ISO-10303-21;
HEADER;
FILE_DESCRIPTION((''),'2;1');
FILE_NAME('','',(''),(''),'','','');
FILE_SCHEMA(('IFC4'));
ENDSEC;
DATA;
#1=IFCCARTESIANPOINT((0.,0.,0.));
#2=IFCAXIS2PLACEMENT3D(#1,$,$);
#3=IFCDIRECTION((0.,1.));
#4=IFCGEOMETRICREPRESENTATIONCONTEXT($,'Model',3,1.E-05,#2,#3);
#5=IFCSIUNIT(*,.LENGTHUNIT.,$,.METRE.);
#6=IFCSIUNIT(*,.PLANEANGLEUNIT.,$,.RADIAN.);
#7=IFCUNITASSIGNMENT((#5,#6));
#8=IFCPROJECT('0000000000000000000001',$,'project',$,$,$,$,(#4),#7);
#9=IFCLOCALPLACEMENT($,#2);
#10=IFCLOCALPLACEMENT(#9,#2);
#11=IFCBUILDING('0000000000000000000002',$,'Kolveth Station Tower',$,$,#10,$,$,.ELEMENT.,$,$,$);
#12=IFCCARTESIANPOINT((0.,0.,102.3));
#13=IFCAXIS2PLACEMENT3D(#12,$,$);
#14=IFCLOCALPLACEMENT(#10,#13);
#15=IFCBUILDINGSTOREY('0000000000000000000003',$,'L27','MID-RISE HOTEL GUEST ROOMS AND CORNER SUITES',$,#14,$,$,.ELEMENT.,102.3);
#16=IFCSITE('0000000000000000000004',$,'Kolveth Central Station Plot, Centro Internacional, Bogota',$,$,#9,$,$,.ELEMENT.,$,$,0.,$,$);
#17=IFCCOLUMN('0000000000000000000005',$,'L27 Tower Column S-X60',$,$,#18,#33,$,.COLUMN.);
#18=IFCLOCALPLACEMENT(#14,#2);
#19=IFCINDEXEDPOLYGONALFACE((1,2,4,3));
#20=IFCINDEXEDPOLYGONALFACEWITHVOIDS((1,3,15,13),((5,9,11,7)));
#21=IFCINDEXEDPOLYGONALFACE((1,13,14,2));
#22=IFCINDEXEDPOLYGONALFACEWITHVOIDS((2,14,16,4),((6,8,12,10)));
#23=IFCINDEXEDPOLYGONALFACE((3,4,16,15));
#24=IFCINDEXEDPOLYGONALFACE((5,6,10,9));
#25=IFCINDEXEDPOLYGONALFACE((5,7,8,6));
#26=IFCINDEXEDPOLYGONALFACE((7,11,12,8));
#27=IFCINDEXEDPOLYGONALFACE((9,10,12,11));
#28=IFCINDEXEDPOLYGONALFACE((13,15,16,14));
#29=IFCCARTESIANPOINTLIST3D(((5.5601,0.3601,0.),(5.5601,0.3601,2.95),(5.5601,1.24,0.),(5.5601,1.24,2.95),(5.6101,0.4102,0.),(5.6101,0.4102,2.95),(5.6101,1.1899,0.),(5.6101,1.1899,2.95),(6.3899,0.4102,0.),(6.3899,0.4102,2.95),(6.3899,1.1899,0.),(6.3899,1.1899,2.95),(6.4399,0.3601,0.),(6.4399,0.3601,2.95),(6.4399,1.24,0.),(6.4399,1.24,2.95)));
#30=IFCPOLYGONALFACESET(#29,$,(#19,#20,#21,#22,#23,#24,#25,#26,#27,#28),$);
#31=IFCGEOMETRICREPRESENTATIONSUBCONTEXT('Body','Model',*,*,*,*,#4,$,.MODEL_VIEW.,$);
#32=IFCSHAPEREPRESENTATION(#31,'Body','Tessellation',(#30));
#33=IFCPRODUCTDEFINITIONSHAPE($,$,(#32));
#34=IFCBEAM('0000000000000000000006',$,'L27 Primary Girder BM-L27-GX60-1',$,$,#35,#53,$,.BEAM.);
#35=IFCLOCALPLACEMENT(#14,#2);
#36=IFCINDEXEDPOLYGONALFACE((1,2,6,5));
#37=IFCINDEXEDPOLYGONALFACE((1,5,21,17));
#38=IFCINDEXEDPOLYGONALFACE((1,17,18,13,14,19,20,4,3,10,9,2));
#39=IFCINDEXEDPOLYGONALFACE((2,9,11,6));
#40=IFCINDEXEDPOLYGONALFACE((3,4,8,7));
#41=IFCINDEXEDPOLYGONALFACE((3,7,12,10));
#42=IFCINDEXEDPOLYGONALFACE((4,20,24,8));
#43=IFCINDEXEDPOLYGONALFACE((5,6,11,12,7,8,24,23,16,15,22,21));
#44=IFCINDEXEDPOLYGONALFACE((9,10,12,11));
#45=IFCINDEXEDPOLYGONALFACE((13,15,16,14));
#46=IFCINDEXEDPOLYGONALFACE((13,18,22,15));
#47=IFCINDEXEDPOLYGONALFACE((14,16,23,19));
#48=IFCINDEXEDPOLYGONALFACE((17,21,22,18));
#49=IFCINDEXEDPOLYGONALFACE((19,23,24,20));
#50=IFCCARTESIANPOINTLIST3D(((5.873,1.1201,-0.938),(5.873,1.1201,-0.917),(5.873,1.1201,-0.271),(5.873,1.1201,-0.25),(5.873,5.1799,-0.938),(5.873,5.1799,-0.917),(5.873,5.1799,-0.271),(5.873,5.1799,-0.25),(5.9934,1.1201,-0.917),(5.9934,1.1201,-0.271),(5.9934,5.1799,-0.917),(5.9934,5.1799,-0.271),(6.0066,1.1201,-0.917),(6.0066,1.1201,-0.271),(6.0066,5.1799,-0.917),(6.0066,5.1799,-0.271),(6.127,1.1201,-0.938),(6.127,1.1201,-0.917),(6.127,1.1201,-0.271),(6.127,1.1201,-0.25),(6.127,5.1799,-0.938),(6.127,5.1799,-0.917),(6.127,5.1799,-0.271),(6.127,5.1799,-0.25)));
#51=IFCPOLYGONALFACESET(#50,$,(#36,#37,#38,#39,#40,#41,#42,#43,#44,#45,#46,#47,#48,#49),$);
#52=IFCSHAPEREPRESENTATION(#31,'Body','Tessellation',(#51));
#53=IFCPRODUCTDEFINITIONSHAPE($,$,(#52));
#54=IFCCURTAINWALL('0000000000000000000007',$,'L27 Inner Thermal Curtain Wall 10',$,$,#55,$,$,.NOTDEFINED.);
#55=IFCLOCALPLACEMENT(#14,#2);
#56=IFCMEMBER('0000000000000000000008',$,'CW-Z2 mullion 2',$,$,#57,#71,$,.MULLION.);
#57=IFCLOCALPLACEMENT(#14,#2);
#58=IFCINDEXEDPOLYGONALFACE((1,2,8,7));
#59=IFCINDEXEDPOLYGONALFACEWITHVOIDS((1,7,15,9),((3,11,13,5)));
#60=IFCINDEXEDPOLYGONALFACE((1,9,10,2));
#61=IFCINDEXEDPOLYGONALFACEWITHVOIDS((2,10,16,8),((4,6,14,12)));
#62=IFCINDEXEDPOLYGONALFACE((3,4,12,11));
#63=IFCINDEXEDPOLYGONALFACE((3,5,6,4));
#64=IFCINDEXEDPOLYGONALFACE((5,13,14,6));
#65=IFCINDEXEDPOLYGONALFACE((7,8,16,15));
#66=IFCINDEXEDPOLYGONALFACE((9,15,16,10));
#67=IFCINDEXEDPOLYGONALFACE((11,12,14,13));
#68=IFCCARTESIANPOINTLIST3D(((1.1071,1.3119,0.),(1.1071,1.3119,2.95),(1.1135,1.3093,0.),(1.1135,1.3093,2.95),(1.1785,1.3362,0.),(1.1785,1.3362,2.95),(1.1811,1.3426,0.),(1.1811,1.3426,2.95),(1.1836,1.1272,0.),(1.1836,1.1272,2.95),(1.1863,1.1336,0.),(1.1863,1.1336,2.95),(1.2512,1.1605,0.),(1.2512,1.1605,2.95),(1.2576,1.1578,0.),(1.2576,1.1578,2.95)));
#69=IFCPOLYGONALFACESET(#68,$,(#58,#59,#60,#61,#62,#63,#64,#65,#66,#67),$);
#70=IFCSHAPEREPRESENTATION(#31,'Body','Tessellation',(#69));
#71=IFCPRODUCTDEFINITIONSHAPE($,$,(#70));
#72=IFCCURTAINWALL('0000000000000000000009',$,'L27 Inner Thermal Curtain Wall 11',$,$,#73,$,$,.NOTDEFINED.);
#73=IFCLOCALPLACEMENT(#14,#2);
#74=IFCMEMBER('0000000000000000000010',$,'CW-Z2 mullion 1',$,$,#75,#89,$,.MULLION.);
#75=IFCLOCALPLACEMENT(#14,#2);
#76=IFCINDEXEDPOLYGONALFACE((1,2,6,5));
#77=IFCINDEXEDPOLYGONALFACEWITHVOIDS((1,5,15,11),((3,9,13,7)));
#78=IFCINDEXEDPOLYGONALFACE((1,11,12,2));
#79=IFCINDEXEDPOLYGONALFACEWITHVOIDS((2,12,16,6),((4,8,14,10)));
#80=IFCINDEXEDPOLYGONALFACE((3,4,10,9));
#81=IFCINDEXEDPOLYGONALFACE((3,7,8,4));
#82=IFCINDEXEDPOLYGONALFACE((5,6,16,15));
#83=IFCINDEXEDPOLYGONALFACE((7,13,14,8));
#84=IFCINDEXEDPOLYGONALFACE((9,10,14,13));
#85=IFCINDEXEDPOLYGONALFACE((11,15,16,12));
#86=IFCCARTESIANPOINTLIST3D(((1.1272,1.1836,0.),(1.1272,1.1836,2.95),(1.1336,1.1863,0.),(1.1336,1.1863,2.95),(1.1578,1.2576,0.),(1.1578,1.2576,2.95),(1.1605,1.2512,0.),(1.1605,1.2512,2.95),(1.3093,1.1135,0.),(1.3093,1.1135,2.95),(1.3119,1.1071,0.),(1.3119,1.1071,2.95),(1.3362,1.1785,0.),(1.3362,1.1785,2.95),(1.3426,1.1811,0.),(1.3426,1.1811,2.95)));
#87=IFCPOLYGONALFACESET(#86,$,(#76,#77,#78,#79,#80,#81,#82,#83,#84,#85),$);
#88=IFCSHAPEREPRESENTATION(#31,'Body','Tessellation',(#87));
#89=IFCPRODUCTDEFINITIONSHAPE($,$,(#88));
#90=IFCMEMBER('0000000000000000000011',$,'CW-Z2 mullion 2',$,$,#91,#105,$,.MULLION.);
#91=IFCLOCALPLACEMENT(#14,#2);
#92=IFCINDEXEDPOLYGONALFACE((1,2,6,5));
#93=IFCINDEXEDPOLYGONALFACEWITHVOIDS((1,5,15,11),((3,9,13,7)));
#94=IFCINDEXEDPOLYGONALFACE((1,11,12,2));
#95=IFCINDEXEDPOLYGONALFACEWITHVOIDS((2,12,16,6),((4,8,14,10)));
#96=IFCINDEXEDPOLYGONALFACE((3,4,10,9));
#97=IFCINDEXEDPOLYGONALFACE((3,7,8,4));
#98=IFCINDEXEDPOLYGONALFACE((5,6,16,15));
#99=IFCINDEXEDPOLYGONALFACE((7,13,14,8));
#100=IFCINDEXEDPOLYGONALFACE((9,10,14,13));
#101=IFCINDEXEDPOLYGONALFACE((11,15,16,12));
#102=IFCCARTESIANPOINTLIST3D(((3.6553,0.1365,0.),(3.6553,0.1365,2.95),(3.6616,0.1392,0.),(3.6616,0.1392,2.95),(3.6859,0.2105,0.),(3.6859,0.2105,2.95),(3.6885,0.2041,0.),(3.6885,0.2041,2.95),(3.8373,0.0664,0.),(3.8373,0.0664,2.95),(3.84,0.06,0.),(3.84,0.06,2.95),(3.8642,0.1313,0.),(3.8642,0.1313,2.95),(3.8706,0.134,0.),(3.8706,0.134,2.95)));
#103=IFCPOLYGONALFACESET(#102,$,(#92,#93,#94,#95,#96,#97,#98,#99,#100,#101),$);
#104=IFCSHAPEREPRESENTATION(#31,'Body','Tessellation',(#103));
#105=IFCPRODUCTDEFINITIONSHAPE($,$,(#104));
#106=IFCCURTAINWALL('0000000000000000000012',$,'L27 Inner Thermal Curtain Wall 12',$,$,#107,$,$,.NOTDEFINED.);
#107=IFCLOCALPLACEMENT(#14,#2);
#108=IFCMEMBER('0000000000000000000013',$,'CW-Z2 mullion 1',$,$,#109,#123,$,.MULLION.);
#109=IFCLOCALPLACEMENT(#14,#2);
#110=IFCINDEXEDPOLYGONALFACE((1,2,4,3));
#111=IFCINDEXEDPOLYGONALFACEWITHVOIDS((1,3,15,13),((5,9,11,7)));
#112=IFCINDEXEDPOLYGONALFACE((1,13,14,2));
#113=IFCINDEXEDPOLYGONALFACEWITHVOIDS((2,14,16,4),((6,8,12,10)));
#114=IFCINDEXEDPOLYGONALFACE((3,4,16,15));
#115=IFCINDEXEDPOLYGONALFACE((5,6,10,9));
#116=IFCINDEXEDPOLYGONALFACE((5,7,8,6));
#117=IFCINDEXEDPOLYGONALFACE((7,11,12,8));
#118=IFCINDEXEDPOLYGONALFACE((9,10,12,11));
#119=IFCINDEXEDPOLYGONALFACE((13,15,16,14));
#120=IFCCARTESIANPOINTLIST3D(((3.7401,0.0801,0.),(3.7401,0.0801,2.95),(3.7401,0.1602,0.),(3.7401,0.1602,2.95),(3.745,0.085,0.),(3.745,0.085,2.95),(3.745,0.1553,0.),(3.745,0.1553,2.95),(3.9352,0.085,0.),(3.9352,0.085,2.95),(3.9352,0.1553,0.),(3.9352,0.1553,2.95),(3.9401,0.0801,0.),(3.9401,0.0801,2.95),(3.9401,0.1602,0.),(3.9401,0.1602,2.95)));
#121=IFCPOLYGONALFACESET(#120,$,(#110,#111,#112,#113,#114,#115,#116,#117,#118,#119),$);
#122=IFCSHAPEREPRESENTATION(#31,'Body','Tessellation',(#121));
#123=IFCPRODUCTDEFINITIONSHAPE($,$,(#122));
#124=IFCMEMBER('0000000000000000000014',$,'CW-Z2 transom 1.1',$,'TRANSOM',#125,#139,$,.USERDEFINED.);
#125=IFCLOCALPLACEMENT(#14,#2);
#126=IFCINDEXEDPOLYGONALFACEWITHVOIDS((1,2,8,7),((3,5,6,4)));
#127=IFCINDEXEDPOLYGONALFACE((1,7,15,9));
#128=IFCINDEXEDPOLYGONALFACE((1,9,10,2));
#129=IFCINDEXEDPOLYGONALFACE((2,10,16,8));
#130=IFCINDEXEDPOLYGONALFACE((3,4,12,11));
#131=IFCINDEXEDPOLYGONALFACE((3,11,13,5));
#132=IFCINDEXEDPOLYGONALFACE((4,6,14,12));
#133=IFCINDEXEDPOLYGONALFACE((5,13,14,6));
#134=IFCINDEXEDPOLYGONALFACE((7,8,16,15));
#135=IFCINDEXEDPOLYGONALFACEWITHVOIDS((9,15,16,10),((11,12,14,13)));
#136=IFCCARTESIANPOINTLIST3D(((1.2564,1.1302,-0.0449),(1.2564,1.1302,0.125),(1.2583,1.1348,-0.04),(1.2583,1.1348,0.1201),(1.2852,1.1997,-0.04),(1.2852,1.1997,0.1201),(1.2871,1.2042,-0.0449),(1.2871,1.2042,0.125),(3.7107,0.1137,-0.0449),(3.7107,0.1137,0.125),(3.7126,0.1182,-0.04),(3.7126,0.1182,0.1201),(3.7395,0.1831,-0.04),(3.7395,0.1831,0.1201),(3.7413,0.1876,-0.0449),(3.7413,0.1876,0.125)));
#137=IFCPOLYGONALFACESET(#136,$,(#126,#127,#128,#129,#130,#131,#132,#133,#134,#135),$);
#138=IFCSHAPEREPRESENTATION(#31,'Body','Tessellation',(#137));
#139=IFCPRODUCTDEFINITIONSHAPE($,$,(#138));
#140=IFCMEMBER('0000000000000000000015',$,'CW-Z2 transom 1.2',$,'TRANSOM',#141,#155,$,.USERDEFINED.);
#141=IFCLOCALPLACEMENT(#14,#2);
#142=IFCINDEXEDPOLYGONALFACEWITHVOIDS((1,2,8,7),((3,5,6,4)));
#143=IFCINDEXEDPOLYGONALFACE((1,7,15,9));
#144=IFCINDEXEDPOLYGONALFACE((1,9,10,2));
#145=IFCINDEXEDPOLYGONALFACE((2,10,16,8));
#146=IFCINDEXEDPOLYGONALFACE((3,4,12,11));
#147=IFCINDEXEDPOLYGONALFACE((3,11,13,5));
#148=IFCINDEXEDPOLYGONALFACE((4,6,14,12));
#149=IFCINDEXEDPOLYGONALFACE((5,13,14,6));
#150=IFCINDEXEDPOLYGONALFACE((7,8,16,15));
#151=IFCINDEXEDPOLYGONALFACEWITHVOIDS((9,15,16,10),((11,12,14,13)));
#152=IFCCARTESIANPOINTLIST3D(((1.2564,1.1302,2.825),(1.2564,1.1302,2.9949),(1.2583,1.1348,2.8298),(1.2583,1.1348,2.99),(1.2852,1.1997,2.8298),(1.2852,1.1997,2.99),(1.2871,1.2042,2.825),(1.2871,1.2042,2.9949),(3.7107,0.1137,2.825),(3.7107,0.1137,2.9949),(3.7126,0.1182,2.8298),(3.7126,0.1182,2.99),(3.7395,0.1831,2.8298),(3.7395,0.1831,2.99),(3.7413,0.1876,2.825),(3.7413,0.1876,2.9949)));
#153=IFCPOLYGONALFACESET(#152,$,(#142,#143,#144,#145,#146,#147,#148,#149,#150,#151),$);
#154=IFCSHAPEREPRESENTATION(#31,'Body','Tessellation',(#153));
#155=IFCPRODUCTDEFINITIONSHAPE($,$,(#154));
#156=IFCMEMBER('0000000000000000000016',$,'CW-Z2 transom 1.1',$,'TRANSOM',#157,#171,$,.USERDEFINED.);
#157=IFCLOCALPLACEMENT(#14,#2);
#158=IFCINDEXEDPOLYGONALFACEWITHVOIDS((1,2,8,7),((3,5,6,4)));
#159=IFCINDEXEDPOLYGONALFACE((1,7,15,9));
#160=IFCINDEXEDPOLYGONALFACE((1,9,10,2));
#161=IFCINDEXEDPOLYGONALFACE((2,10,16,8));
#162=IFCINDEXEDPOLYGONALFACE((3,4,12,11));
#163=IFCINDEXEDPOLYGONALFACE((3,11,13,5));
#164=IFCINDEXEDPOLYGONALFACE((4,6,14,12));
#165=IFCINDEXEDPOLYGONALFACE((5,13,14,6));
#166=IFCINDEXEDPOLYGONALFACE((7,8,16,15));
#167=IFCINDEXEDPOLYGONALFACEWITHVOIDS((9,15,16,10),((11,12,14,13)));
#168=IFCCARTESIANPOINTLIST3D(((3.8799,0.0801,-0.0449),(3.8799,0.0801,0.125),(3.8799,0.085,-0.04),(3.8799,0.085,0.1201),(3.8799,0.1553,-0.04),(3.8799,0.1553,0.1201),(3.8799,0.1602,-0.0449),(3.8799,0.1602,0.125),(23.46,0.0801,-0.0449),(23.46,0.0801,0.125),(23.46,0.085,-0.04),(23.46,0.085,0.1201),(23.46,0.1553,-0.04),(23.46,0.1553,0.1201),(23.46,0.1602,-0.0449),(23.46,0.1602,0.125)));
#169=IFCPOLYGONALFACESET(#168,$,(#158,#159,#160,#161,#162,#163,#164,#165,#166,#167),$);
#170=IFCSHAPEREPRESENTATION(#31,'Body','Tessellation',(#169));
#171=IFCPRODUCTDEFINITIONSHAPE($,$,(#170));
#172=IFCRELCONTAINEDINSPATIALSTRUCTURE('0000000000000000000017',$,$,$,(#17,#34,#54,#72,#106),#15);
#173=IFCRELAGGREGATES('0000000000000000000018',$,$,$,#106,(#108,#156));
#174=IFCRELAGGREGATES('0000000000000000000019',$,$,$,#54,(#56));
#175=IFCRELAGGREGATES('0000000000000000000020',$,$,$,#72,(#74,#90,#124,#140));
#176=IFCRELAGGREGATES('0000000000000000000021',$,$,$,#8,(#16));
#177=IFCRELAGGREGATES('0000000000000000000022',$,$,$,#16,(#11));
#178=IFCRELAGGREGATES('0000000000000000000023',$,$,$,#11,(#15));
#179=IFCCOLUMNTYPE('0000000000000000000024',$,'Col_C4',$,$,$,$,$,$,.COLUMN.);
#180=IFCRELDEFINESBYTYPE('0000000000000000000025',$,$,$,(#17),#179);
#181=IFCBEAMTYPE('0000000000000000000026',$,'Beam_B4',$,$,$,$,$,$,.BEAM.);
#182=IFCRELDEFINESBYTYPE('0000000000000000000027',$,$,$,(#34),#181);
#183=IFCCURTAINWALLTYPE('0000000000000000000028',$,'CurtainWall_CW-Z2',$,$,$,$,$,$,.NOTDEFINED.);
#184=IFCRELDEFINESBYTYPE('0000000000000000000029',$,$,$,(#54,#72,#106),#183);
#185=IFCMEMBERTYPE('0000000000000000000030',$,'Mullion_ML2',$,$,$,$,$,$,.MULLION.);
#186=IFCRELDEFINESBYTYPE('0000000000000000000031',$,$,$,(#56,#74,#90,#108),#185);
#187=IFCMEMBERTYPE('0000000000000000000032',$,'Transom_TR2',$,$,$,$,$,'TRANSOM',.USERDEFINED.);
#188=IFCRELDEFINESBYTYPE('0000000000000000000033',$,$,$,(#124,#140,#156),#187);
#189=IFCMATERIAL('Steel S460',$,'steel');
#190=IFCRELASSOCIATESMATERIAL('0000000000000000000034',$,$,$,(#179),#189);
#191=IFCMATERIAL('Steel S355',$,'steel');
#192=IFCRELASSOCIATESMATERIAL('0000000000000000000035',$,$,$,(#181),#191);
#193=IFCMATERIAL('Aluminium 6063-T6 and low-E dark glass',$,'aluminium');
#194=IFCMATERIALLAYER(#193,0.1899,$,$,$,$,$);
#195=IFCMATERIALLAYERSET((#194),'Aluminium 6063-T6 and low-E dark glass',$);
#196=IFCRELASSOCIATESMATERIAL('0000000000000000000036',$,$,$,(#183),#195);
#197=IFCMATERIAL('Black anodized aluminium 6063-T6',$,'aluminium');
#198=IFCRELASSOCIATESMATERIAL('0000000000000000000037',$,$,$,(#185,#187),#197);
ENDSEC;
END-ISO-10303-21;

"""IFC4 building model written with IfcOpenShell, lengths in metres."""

from ifc_helpers import new_model, si_unit, direction, frame, origin, origin_2d, place, context, subcontext, project, spatial, hollow_rectangle, i_section, extrude, source, transform, mapped, material, layer, layer_set, material_profile, profile_set, type_object, element, aggregate, save


model = new_model("IFC4")

# Units and contexts
model_context = context("Model", 3, precision=1e-05, world=origin(), true_north=direction((0.0, 1.0)))
body_context = subcontext(model_context, "Body", "Model", "MODEL_VIEW")
ifc_project = project(units=[si_unit("LENGTHUNIT", "METRE"), si_unit("PLANEANGLEUNIT", "RADIAN")], contexts=[model_context])

# Site, building, storey
site_placement = place(None, origin())
site = spatial("IfcSite", under=ifc_project, at=site_placement, Name="Kolveth Central Station Plot, Centro Internacional, Bogota", CompositionType="ELEMENT", RefElevation=0.0)
building_placement = place(site_placement, origin())
building = spatial("IfcBuilding", under=site, at=building_placement, Name="Kolveth Station Tower", CompositionType="ELEMENT")
storey_placement = place(building_placement, frame((0.0, 0.0, 102.3)))
storey = spatial("IfcBuildingStorey", under=building, at=storey_placement, Name="L27", Description="MID-RISE HOTEL GUEST ROOMS AND CORNER SUITES", CompositionType="ELEMENT", Elevation=102.3)

# Column
ifc_material_1 = material(Name="Steel S460", Category="steel")
ifc_material_profile_1 = material_profile(ifc_material_1, hollow_rectangle(XDim=0.8799, YDim=0.8799, WallThickness=0.05, at=origin_2d()), Name="BOX880x880x50")
ifc_profile_set_1 = profile_set([ifc_material_profile_1], Name="Steel S460")
column_type = type_object("IfcColumnType", Name="Col_C4", PredefinedType="COLUMN", material=ifc_profile_set_1)
shared_shape_1 = source(origin(), body_context, "Body", "SweptSolid", [
    extrude(hollow_rectangle(XDim=0.8799, YDim=0.8799, WallThickness=0.05, at=origin_2d()), origin(), (0.0, 0.0, 1.0), 2.95),
])
column_placement = place(storey_placement, frame((6.0, 0.8, 0.0), z_axis=(0.0, 0.0, 1.0), x_axis=(1.0, 0.0, 0.0)))
element("IfcColumn", 1, at=column_placement, inside=storey, type_object=column_type, Name="L27 Tower Column S-X60", PredefinedType="COLUMN", context=body_context, shape_type="MappedRepresentation", body=[
    mapped(shared_shape_1, transform((0.0, 0.0, 0.0), x_axis=(1.0, 0.0, 0.0), y_axis=(0.0, 1.0, 0.0), z_axis=(0.0, 0.0, 1.0), scale=1.0)),
])

# Beam
ifc_material_2 = material(Name="Steel S355", Category="steel")
ifc_material_profile_2 = material_profile(ifc_material_2, i_section(OverallWidth=0.2539, OverallDepth=0.688, WebThickness=0.0132, FlangeThickness=0.021, at=origin_2d()), Name="W690x152")
ifc_profile_set_2 = profile_set([ifc_material_profile_2], Name="Steel S355")
beam_type = type_object("IfcBeamType", Name="Beam_B4", PredefinedType="BEAM", material=ifc_profile_set_2)
shared_shape_2 = source(origin(), body_context, "Body", "SweptSolid", [
    extrude(i_section(OverallWidth=0.2539, OverallDepth=0.688, WebThickness=0.0132, FlangeThickness=0.021, at=origin_2d()), origin(), (0.0, 0.0, 1.0), 4.0598),
])
beam_placement = place(storey_placement, frame((6.0, 1.1201, -0.594), z_axis=(0.0, 1.0, 0.0), x_axis=(-1.0, 0.0, 0.0)))
element("IfcBeam", 2, at=beam_placement, inside=storey, type_object=beam_type, Name="L27 Primary Girder BM-L27-GX60-1", PredefinedType="BEAM", context=body_context, shape_type="MappedRepresentation", body=[
    mapped(shared_shape_2, transform((0.0, 0.0, 0.0), x_axis=(1.0, 0.0, 0.0), y_axis=(0.0, 1.0, 0.0), z_axis=(0.0, 0.0, 1.0), scale=1.0)),
])

# Curtain wall, member
ifc_material_3 = material(Name="Aluminium 6063-T6 and low-E dark glass", Category="aluminium")
ifc_layer_1 = layer(ifc_material_3, 0.1899)
ifc_layer_set_1 = layer_set([ifc_layer_1], Name="Aluminium 6063-T6 and low-E dark glass")
curtain_wall_type_1 = type_object("IfcCurtainWallType", Name="CurtainWall_CW-Z2", PredefinedType="NOTDEFINED", material=ifc_layer_set_1)
curtain_wall_1_placement = place(storey_placement, origin())
curtain_wall_1 = element("IfcCurtainWall", 3, at=curtain_wall_1_placement, inside=storey, type_object=curtain_wall_type_1, Name="L27 Inner Thermal Curtain Wall 10", PredefinedType="NOTDEFINED")
ifc_material_4 = material(Name="Black anodized aluminium 6063-T6", Category="aluminium")
ifc_material_profile_3 = material_profile(ifc_material_4, hollow_rectangle(XDim=0.0801, YDim=0.2, WallThickness=0.0049, at=origin_2d()), Name="ALU-80x200x5")
ifc_profile_set_3 = profile_set([ifc_material_profile_3], Name="Black anodized aluminium 6063-T6")
member_type_1 = type_object("IfcMemberType", Name="Mullion_ML2", PredefinedType="MULLION", material=ifc_profile_set_3)
shared_shape_3 = source(origin(), body_context, "Body", "SweptSolid", [
    extrude(hollow_rectangle(XDim=0.0801, YDim=0.2, WallThickness=0.0049, at=origin_2d()), origin(), (0.0, 0.0, 1.0), 2.95),
])
member_1_placement = place(storey_placement, frame((1.1824, 1.2349, 0.0), z_axis=(0.0, 0.0, 1.0), x_axis=(0.923888, 0.382663, 0.0)))
member_1 = element("IfcMember", 4, at=member_1_placement, type_object=member_type_1, Name="CW-Z2 mullion 2", PredefinedType="MULLION", context=body_context, shape_type="MappedRepresentation", body=[
    mapped(shared_shape_3, transform((0.0, 0.0, 0.0), x_axis=(1.0, 0.0, 0.0), y_axis=(0.0, 1.0, 0.0), z_axis=(0.0, 0.0, 1.0), scale=1.0)),
])

# Curtain wall, members
curtain_wall_2_placement = place(storey_placement, origin())
curtain_wall_2 = element("IfcCurtainWall", 5, at=curtain_wall_2_placement, inside=storey, type_object=curtain_wall_type_1, Name="L27 Inner Thermal Curtain Wall 11", PredefinedType="NOTDEFINED")
member_2_placement = place(storey_placement, frame((1.2349, 1.1824, 0.0), z_axis=(0.0, 0.0, 1.0), x_axis=(0.382663, 0.923888, 0.0)))
member_2 = element("IfcMember", 6, at=member_2_placement, type_object=member_type_1, Name="CW-Z2 mullion 1", PredefinedType="MULLION", context=body_context, shape_type="MappedRepresentation", body=[
    mapped(shared_shape_3, transform((0.0, 0.0, 0.0), x_axis=(1.0, 0.0, 0.0), y_axis=(0.0, 1.0, 0.0), z_axis=(0.0, 0.0, 1.0), scale=1.0)),
])
member_3_placement = place(storey_placement, frame((3.7629, 0.1353, 0.0), z_axis=(0.0, 0.0, 1.0), x_axis=(0.382663, 0.923888, 0.0)))
member_3 = element("IfcMember", 7, at=member_3_placement, type_object=member_type_1, Name="CW-Z2 mullion 2", PredefinedType="MULLION", context=body_context, shape_type="MappedRepresentation", body=[
    mapped(shared_shape_3, transform((0.0, 0.0, 0.0), x_axis=(1.0, 0.0, 0.0), y_axis=(0.0, 1.0, 0.0), z_axis=(0.0, 0.0, 1.0), scale=1.0)),
])

# Curtain wall, member
curtain_wall_3_placement = place(storey_placement, origin())
curtain_wall_3 = element("IfcCurtainWall", 8, at=curtain_wall_3_placement, inside=storey, type_object=curtain_wall_type_1, Name="L27 Inner Thermal Curtain Wall 12", PredefinedType="NOTDEFINED")
member_4_placement = place(storey_placement, frame((3.8401, 0.1201, 0.0), z_axis=(0.0, 0.0, 1.0), x_axis=(0.0, 1.0, 0.0)))
member_4 = element("IfcMember", 9, at=member_4_placement, type_object=member_type_1, Name="CW-Z2 mullion 1", PredefinedType="MULLION", context=body_context, shape_type="MappedRepresentation", body=[
    mapped(shared_shape_3, transform((0.0, 0.0, 0.0), x_axis=(1.0, 0.0, 0.0), y_axis=(0.0, 1.0, 0.0), z_axis=(0.0, 0.0, 1.0), scale=1.0)),
])

# Members
ifc_material_profile_4 = material_profile(ifc_material_4, hollow_rectangle(XDim=0.0801, YDim=0.1699, WallThickness=0.0049, at=origin_2d()), Name="ALU-80x170x5")
ifc_profile_set_4 = profile_set([ifc_material_profile_4], Name="Black anodized aluminium 6063-T6")
member_type_2 = type_object("IfcMemberType", Name="Transom_TR2", ElementType="TRANSOM", PredefinedType="USERDEFINED", material=ifc_profile_set_4)
shared_shape_4 = source(origin(), body_context, "Body", "SweptSolid", [
    extrude(hollow_rectangle(XDim=0.0801, YDim=0.1699, WallThickness=0.0049, at=origin_2d()), origin(), (0.0, 0.0, 1.0), 2.6565),
])
member_5_placement = place(storey_placement, frame((1.2717, 1.1672, 0.04), z_axis=(0.923882, -0.382676, 0.0), x_axis=(0.382676, 0.923882, 0.0)))
member_5 = element("IfcMember", 10, at=member_5_placement, type_object=member_type_2, Name="CW-Z2 transom 1.1", ObjectType="TRANSOM", PredefinedType="USERDEFINED", context=body_context, shape_type="MappedRepresentation", body=[
    mapped(shared_shape_4, transform((0.0, 0.0, 0.0), x_axis=(1.0, 0.0, 0.0), y_axis=(0.0, 1.0, 0.0), z_axis=(0.0, 0.0, 1.0), scale=1.0)),
])
member_6_placement = place(storey_placement, frame((1.2717, 1.1672, 2.9099), z_axis=(0.923882, -0.382676, 0.0), x_axis=(0.382676, 0.923882, 0.0)))
member_6 = element("IfcMember", 11, at=member_6_placement, type_object=member_type_2, Name="CW-Z2 transom 1.2", ObjectType="TRANSOM", PredefinedType="USERDEFINED", context=body_context, shape_type="MappedRepresentation", body=[
    mapped(shared_shape_4, transform((0.0, 0.0, 0.0), x_axis=(1.0, 0.0, 0.0), y_axis=(0.0, 1.0, 0.0), z_axis=(0.0, 0.0, 1.0), scale=1.0)),
])
shared_shape_5 = source(origin(), body_context, "Body", "SweptSolid", [
    extrude(hollow_rectangle(XDim=0.0801, YDim=0.1699, WallThickness=0.0049, at=origin_2d()), origin(), (0.0, 0.0, 1.0), 19.5801),
])
member_7_placement = place(storey_placement, frame((3.8799, 0.1201, 0.04), z_axis=(1.0, 0.0, 0.0), x_axis=(0.0, 1.0, 0.0)))
member_7 = element("IfcMember", 12, at=member_7_placement, type_object=member_type_2, Name="CW-Z2 transom 1.1", ObjectType="TRANSOM", PredefinedType="USERDEFINED", context=body_context, shape_type="MappedRepresentation", body=[
    mapped(shared_shape_5, transform((0.0, 0.0, 0.0), x_axis=(1.0, 0.0, 0.0), y_axis=(0.0, 1.0, 0.0), z_axis=(0.0, 0.0, 1.0), scale=1.0)),
])
aggregate(curtain_wall_3, [member_4, member_7])

aggregate(curtain_wall_1, [member_1])
aggregate(curtain_wall_2, [member_2, member_3, member_5, member_6])

save(model, "model.ifc")
